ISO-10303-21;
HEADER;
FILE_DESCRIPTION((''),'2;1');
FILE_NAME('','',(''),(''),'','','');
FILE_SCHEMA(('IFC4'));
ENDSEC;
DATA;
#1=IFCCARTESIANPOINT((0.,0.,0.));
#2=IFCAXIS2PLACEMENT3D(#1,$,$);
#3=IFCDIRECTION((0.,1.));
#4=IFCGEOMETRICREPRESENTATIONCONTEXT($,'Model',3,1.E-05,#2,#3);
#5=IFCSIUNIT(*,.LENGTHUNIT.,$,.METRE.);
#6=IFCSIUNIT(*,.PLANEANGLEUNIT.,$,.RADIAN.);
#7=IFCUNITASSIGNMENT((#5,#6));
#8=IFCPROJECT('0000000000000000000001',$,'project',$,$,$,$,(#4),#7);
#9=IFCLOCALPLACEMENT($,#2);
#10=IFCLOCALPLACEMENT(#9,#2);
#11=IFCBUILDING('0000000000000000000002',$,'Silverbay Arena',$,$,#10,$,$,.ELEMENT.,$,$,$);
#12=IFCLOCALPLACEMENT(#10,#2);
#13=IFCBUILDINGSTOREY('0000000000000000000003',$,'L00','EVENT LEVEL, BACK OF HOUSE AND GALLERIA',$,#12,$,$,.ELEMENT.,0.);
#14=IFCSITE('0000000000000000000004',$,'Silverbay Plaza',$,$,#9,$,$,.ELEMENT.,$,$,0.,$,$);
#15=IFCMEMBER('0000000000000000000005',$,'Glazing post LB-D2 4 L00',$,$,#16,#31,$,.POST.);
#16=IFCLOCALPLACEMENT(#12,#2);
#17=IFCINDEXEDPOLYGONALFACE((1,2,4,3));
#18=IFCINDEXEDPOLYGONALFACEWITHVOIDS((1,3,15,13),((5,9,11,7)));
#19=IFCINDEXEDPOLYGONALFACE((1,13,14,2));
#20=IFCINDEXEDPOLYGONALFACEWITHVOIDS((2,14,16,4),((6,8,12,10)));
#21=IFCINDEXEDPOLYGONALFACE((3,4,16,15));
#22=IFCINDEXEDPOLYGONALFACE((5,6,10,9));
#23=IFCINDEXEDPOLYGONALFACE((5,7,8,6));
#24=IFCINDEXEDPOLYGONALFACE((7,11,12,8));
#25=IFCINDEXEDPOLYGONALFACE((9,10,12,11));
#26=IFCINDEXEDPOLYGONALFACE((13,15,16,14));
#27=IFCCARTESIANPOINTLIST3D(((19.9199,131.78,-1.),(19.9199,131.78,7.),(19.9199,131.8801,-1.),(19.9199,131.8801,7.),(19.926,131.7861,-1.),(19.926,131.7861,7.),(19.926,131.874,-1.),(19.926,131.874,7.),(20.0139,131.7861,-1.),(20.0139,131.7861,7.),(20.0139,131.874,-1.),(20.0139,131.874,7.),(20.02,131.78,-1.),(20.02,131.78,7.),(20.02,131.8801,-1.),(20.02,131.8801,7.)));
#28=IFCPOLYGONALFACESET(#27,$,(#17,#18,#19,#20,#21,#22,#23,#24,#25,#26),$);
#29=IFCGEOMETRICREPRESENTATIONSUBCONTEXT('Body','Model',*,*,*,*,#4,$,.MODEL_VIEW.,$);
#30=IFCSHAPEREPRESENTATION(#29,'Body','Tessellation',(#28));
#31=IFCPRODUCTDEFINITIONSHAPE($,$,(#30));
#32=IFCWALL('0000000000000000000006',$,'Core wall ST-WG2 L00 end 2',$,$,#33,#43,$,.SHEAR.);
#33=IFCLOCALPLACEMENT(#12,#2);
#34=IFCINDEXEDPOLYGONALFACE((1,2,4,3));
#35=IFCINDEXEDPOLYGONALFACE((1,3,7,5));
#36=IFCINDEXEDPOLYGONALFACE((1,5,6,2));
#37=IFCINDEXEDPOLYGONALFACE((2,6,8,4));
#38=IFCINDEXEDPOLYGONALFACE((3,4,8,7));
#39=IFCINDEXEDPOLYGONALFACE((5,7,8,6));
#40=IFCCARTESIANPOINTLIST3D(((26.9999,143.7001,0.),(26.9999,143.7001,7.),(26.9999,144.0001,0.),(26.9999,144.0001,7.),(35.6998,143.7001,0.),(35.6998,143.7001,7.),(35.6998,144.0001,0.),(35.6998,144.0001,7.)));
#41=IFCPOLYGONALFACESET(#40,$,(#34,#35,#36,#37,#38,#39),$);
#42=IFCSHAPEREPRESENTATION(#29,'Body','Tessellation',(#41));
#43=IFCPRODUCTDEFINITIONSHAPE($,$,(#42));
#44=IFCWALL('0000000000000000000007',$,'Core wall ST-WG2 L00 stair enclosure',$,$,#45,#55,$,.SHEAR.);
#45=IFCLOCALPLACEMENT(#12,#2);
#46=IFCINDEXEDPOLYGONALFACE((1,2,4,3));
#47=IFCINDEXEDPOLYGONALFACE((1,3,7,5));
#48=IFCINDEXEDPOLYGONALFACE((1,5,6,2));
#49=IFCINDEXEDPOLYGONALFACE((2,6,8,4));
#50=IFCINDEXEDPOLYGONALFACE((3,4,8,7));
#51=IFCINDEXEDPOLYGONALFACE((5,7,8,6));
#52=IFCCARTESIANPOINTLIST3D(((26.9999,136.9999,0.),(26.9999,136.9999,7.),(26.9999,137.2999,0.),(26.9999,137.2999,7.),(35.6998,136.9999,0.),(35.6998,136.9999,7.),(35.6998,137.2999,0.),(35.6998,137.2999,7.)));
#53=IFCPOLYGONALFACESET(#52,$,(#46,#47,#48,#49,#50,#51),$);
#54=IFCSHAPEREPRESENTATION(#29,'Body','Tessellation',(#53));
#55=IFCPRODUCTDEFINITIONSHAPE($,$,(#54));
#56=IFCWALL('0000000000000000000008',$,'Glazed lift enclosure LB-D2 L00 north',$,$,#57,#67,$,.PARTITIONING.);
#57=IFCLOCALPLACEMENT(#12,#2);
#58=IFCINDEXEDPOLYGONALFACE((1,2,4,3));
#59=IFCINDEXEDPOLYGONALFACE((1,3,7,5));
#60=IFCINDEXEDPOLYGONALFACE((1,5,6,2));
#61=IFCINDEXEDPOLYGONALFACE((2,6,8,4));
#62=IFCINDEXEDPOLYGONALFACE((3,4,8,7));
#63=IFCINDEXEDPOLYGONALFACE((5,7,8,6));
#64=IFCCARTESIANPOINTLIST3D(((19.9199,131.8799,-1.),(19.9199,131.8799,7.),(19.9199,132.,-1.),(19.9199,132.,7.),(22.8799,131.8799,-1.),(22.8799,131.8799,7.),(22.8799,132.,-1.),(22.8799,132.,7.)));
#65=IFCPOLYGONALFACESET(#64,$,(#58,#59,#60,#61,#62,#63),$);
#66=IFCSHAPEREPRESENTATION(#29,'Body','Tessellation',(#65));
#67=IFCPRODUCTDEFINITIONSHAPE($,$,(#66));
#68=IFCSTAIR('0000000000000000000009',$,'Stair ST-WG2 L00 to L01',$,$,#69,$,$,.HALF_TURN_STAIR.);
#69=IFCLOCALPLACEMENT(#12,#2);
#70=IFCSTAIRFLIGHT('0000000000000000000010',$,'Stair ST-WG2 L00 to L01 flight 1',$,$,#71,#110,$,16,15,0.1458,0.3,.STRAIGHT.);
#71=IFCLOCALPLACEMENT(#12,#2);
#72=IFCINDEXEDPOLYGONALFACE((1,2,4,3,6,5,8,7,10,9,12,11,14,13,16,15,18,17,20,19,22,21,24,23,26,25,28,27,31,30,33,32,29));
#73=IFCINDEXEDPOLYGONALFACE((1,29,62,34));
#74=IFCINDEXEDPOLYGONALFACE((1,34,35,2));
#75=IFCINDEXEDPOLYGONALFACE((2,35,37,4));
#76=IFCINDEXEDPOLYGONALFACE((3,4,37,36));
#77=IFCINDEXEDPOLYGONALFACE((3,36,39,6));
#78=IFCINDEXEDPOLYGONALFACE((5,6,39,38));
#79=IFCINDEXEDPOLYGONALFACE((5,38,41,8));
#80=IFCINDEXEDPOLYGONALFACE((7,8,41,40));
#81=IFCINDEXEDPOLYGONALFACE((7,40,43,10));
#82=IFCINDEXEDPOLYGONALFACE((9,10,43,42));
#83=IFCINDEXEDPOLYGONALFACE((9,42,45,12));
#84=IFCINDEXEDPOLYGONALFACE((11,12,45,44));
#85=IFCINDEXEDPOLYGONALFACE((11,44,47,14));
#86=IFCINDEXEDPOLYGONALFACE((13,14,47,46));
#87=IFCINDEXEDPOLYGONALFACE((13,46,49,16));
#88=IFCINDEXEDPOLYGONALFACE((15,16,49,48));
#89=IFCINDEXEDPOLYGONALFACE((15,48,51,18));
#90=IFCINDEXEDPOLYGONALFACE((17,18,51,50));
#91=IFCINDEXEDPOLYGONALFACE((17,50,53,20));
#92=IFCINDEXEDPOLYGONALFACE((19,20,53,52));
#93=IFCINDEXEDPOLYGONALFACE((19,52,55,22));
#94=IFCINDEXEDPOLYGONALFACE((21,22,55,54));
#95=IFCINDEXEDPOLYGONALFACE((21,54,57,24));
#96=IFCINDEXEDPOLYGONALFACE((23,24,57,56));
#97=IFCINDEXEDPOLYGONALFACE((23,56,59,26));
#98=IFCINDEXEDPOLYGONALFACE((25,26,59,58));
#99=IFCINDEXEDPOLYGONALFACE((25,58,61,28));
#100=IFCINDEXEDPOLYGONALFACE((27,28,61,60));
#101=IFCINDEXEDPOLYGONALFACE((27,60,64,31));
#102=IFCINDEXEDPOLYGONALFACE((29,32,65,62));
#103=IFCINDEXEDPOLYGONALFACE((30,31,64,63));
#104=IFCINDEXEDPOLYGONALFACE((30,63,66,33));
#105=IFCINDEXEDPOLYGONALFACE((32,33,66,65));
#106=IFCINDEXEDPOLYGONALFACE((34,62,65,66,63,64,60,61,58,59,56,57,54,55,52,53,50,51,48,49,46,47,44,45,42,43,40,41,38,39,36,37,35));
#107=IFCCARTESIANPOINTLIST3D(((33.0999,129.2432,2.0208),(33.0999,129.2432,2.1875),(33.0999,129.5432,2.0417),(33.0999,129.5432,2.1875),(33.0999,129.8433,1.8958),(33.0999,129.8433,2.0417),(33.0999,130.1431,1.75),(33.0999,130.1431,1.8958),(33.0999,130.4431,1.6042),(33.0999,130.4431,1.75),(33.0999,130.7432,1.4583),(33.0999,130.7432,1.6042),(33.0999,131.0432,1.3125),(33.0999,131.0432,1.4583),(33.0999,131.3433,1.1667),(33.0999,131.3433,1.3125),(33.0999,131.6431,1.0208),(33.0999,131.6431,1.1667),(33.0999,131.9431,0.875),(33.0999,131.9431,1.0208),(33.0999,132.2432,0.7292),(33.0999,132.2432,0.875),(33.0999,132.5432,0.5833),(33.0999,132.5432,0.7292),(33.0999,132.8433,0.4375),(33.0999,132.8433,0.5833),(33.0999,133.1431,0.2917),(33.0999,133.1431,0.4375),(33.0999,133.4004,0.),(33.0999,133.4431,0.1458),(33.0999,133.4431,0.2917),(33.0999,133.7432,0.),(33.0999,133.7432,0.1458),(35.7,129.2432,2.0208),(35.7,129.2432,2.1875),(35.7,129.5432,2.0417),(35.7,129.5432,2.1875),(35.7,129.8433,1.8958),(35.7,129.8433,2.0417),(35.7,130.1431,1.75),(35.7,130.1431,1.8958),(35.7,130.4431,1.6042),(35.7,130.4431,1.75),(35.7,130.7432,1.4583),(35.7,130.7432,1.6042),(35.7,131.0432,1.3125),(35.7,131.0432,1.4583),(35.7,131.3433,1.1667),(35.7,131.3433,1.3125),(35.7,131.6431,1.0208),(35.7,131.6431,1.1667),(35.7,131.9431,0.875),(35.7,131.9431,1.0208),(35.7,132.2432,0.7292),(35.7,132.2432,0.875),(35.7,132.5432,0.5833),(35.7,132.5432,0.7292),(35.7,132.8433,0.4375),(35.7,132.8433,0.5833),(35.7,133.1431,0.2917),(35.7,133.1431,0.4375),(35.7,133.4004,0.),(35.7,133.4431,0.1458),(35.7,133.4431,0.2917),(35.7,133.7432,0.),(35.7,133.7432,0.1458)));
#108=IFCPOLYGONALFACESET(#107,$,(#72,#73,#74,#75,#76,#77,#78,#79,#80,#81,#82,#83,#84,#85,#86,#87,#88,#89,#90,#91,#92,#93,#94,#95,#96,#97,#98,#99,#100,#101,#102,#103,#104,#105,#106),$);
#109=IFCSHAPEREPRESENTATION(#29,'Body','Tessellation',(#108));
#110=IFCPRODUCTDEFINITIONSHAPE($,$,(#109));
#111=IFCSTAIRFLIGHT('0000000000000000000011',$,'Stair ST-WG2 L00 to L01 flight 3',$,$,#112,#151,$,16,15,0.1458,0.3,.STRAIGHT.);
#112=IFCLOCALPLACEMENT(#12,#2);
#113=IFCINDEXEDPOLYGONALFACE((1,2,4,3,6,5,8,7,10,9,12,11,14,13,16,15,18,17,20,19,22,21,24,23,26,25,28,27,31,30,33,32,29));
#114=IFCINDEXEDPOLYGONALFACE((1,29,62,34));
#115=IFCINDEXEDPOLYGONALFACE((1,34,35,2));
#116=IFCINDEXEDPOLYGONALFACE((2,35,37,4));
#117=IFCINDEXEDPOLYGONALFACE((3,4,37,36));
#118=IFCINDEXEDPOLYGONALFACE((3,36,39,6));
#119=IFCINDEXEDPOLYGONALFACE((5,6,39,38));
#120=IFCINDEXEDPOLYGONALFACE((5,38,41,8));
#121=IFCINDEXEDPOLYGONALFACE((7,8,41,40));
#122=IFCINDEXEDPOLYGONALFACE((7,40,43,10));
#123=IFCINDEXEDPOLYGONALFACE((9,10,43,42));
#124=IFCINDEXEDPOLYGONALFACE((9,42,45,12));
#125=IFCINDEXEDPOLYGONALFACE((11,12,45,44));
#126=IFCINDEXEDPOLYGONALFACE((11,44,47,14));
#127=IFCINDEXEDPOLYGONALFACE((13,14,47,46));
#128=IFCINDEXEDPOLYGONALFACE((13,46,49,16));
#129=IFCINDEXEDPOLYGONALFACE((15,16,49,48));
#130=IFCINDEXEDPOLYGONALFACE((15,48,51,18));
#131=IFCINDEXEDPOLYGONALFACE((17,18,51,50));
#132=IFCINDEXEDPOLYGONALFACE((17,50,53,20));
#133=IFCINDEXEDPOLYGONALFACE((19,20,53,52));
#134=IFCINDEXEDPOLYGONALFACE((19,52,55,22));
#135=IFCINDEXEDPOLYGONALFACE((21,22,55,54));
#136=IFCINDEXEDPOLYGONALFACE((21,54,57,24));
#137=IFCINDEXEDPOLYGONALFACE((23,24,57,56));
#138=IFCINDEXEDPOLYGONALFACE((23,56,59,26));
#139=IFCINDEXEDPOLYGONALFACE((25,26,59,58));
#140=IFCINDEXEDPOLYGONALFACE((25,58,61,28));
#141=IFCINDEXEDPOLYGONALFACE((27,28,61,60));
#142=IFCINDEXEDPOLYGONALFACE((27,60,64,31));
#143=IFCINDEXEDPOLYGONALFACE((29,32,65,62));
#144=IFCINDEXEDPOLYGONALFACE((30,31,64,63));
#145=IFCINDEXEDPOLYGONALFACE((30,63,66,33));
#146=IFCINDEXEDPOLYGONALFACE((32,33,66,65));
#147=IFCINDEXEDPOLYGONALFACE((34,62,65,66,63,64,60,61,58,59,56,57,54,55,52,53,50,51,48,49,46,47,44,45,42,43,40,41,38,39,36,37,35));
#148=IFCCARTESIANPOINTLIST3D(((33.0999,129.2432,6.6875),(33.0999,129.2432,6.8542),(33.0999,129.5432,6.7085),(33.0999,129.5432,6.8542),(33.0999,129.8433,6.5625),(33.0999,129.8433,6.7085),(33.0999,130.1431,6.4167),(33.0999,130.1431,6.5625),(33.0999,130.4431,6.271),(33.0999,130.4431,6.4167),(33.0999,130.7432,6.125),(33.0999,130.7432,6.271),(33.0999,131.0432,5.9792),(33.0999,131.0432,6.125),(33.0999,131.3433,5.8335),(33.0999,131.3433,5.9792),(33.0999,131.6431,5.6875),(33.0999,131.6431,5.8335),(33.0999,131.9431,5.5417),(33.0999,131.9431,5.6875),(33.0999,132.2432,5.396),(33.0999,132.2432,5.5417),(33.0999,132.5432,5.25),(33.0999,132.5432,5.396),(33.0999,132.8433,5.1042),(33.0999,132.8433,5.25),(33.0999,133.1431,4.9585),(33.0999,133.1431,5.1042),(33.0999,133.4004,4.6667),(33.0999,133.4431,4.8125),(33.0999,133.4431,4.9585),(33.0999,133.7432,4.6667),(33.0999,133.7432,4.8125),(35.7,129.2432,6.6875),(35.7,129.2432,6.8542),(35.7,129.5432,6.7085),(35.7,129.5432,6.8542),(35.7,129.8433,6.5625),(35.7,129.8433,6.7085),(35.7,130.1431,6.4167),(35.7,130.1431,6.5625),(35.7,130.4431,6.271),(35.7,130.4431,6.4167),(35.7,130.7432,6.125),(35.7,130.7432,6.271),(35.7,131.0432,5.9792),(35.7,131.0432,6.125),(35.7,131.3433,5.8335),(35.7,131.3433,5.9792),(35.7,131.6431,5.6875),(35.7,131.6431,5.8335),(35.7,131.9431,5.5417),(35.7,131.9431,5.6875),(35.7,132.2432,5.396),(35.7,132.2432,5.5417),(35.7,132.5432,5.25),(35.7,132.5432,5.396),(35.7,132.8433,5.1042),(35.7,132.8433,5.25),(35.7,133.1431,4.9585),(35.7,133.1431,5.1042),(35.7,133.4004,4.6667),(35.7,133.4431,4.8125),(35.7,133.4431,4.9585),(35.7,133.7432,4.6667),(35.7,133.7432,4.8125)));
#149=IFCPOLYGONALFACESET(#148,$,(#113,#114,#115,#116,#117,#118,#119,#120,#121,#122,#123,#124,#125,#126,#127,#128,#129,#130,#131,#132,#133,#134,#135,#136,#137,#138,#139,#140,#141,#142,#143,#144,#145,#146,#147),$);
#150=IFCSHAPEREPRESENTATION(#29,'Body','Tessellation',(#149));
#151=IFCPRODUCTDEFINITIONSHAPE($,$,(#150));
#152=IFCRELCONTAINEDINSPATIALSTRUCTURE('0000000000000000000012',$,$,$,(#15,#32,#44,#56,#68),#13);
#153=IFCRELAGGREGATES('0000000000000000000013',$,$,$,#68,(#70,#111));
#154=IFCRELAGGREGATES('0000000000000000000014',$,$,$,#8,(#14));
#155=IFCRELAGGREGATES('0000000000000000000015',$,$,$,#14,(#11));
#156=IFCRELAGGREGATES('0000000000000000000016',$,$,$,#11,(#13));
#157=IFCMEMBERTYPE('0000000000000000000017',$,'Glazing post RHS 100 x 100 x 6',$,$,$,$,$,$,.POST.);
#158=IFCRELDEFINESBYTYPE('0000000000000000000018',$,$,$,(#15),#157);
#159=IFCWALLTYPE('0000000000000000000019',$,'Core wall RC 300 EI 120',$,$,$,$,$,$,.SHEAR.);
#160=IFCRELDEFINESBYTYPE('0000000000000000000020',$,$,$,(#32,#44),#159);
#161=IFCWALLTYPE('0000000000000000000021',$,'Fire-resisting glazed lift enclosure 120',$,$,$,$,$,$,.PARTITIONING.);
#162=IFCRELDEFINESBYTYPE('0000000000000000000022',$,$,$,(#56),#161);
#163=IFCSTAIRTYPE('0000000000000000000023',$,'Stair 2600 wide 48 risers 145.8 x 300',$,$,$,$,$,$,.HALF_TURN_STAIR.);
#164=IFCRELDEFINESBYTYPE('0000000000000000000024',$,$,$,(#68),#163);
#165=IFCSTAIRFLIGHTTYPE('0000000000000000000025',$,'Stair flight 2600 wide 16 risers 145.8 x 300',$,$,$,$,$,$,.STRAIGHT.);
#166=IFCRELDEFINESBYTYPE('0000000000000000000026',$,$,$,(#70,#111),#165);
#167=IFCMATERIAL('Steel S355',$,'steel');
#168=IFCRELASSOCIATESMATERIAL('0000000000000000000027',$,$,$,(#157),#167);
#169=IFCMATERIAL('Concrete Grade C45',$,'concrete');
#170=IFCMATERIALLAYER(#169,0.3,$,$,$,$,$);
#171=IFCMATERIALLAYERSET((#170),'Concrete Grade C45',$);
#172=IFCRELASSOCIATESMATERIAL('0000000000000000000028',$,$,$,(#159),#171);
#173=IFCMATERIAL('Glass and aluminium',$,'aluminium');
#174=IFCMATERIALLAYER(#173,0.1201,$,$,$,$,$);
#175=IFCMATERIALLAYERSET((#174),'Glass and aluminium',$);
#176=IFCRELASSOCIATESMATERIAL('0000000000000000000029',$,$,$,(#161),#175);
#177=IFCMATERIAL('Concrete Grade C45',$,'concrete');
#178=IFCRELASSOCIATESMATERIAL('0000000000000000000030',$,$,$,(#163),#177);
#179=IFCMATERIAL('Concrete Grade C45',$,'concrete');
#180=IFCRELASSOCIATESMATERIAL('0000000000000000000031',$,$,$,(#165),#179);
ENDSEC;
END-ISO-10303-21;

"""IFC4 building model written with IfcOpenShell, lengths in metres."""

from ifc_helpers import new_model, si_unit, direction, frame, frame_2d, origin, origin_2d, place, context, subcontext, project, spatial, polyline, rectangle, hollow_rectangle, outline, extrude, material, layer, layer_set, material_profile, profile_set, type_object, element, aggregate, save


model = new_model("IFC4")

# Units and contexts
model_context = context("Model", 3, precision=1e-05, world=origin(), true_north=direction((0.0, 1.0)))
body_context = subcontext(model_context, "Body", "Model", "MODEL_VIEW")
ifc_project = project(units=[si_unit("LENGTHUNIT", "METRE"), si_unit("PLANEANGLEUNIT", "RADIAN")], contexts=[model_context])

# Site, building, storey
site_placement = place(None, origin())
site = spatial("IfcSite", under=ifc_project, at=site_placement, Name="Silverbay Plaza", CompositionType="ELEMENT", RefElevation=0.0)
building_placement = place(site_placement, origin())
building = spatial("IfcBuilding", under=site, at=building_placement, Name="Silverbay Arena", CompositionType="ELEMENT")
storey_placement = place(building_placement, origin())
storey = spatial("IfcBuildingStorey", under=building, at=storey_placement, Name="L00", Description="EVENT LEVEL, BACK OF HOUSE AND GALLERIA", CompositionType="ELEMENT", Elevation=0.0)

# Member
ifc_material_1 = material(Name="Steel S355", Category="steel")
ifc_material_profile_1 = material_profile(ifc_material_1, hollow_rectangle(XDim=0.1001, YDim=0.1001, WallThickness=0.0061, at=origin_2d()), Name="RHS 100x100x6")
ifc_profile_set_1 = profile_set([ifc_material_profile_1], Name="Steel S355")
member_type = type_object("IfcMemberType", Name="Glazing post RHS 100 x 100 x 6", PredefinedType="POST", material=ifc_profile_set_1)
for number, where, z_axis, x_axis, name in (
    (1, (19.97, 131.8301, -1.0), (0.0, 0.0, 1.0), (1.0, 0.0, 0.0), "Glazing post LB-D2 4 L00"),
):
    element("IfcMember", number, at=place(storey_placement, frame(where, z_axis=z_axis, x_axis=x_axis)), inside=storey, type_object=member_type, Name=name, PredefinedType="POST", context=body_context, shape_type="SweptSolid", body=[
        extrude(hollow_rectangle(XDim=0.1001, YDim=0.1001, WallThickness=0.0061, at=origin_2d()), origin(), (0.0, 0.0, 1.0), 8.0),
    ])

# Walls
ifc_material_2 = material(Name="Concrete Grade C45", Category="concrete")
ifc_layer_1 = layer(ifc_material_2, 0.3)
ifc_layer_set_1 = layer_set([ifc_layer_1], Name="Concrete Grade C45")
wall_type_1 = type_object("IfcWallType", Name="Core wall RC 300 EI 120", PredefinedType="SHEAR", material=ifc_layer_set_1)
for number, where, z_axis, x_axis, name in (
    (2, (35.7, 143.8501, 0.0), (0.0, 0.0, 1.0), (-1.0, 0.0, 0.0), "Core wall ST-WG2 L00 end 2"),
    (3, (35.7, 137.1499, 0.0), (0.0, 0.0, 1.0), (-1.0, 0.0, 0.0), "Core wall ST-WG2 L00 stair enclosure"),
):
    element("IfcWall", number, at=place(storey_placement, frame(where, z_axis=z_axis, x_axis=x_axis)), inside=storey, type_object=wall_type_1, Name=name, PredefinedType="SHEAR", context=body_context, shape_type="SweptSolid", body=[
        extrude(rectangle(XDim=8.7, YDim=0.3, at=frame_2d((4.3501, 0.0))), origin(), (0.0, 0.0, 1.0), 7.0),
    ])
ifc_material_3 = material(Name="Glass and aluminium", Category="aluminium")
ifc_layer_2 = layer(ifc_material_3, 0.1201)
ifc_layer_set_2 = layer_set([ifc_layer_2], Name="Glass and aluminium")
wall_type_2 = type_object("IfcWallType", Name="Fire-resisting glazed lift enclosure 120", PredefinedType="PARTITIONING", material=ifc_layer_set_2)
wall_placement = place(storey_placement, frame((19.9199, 131.9399, -1.0), z_axis=(0.0, 0.0, 1.0), x_axis=(1.0, 0.0, 0.0)))
element("IfcWall", 4, at=wall_placement, inside=storey, type_object=wall_type_2, Name="Glazed lift enclosure LB-D2 L00 north", PredefinedType="PARTITIONING", context=body_context, shape_type="SweptSolid", body=[
    extrude(rectangle(XDim=2.96, YDim=0.1201, at=frame_2d((1.48, 0.0))), origin(), (0.0, 0.0, 1.0), 8.0),
])

# Stair, stair flights
ifc_material_4 = material(Name="Concrete Grade C45", Category="concrete")
stair_type = type_object("IfcStairType", Name="Stair 2600 wide 48 risers 145.8 x 300", PredefinedType="HALF_TURN_STAIR", material=ifc_material_4)
stair_placement = place(storey_placement, origin())
stair = element("IfcStair", 5, at=stair_placement, inside=storey, type_object=stair_type, Name="Stair ST-WG2 L00 to L01", PredefinedType="HALF_TURN_STAIR")
ifc_material_5 = material(Name="Concrete Grade C45", Category="concrete")
stair_flight_type = type_object("IfcStairFlightType", Name="Stair flight 2600 wide 16 risers 145.8 x 300", PredefinedType="STRAIGHT", material=ifc_material_5)
stair_flight_1_placement = place(storey_placement, frame((34.3999, 133.7432, 0.0), z_axis=(0.0, 0.0, 1.0), x_axis=(0.0, -1.0, 0.0)))
stair_flight_1 = element("IfcStairFlight", 6, at=stair_flight_1_placement, type_object=stair_flight_type, Name="Stair ST-WG2 L00 to L01 flight 1", NumberOfRisers=16, NumberOfTreads=15, PredefinedType="STRAIGHT", RiserHeight=0.1458, TreadLength=0.3, context=body_context, shape_type="SweptSolid", body=[
    extrude(outline(polyline([(0.0, 0.0), (0.0, 0.1458), (0.3, 0.1458), (0.3, 0.2917), (0.6001, 0.2917), (0.6001, 0.4375), (0.8999, 0.4375), (0.8999, 0.5833), (1.2, 0.5833), (1.2, 0.7292), (1.5, 0.7292), (1.5, 0.875), (1.8, 0.875), (1.8, 1.0208), (2.1001, 1.0208), (2.1001, 1.1667), (2.3999, 1.1667), (2.3999, 1.3125), (2.7, 1.3125), (2.7, 1.4583), (3.0, 1.4583), (3.0, 1.6042), (3.3, 1.6042), (3.3, 1.75), (3.6001, 1.75), (3.6001, 1.8958), (3.8999, 1.8958), (3.8999, 2.0417), (4.2, 2.0417), (4.2, 2.1875), (4.5, 2.1875), (4.5, 2.0208), (0.3428, 0.0), (0.0, 0.0)])), frame((0.0, 1.3, 0.0), z_axis=(0.0, -1.0, 0.0), x_axis=(1.0, 0.0, 0.0)), (0.0, 0.0, 1.0), 2.6001),
])
stair_flight_2_placement = place(storey_placement, frame((34.3999, 133.7432, 4.6667), z_axis=(0.0, 0.0, 1.0), x_axis=(0.0, -1.0, 0.0)))
stair_flight_2 = element("IfcStairFlight", 7, at=stair_flight_2_placement, type_object=stair_flight_type, Name="Stair ST-WG2 L00 to L01 flight 3", NumberOfRisers=16, NumberOfTreads=15, PredefinedType="STRAIGHT", RiserHeight=0.1458, TreadLength=0.3, context=body_context, shape_type="SweptSolid", body=[
    extrude(outline(polyline([(0.0, 0.0), (0.0, 0.1458), (0.3, 0.1458), (0.3, 0.2917), (0.6001, 0.2917), (0.6001, 0.4375), (0.8999, 0.4375), (0.8999, 0.5833), (1.2, 0.5833), (1.2, 0.7292), (1.5, 0.7292), (1.5, 0.875), (1.8, 0.875), (1.8, 1.0208), (2.1001, 1.0208), (2.1001, 1.1667), (2.3999, 1.1667), (2.3999, 1.3125), (2.7, 1.3125), (2.7, 1.4583), (3.0, 1.4583), (3.0, 1.6042), (3.3, 1.6042), (3.3, 1.75), (3.6001, 1.75), (3.6001, 1.8958), (3.8999, 1.8958), (3.8999, 2.0417), (4.2, 2.0417), (4.2, 2.1875), (4.5, 2.1875), (4.5, 2.0208), (0.3428, 0.0), (0.0, 0.0)])), frame((0.0, 1.3, 0.0), z_axis=(0.0, -1.0, 0.0), x_axis=(1.0, 0.0, 0.0)), (0.0, 0.0, 1.0), 2.6001),
])
aggregate(stair, [stair_flight_1, stair_flight_2])

save(model, "model.ifc")
